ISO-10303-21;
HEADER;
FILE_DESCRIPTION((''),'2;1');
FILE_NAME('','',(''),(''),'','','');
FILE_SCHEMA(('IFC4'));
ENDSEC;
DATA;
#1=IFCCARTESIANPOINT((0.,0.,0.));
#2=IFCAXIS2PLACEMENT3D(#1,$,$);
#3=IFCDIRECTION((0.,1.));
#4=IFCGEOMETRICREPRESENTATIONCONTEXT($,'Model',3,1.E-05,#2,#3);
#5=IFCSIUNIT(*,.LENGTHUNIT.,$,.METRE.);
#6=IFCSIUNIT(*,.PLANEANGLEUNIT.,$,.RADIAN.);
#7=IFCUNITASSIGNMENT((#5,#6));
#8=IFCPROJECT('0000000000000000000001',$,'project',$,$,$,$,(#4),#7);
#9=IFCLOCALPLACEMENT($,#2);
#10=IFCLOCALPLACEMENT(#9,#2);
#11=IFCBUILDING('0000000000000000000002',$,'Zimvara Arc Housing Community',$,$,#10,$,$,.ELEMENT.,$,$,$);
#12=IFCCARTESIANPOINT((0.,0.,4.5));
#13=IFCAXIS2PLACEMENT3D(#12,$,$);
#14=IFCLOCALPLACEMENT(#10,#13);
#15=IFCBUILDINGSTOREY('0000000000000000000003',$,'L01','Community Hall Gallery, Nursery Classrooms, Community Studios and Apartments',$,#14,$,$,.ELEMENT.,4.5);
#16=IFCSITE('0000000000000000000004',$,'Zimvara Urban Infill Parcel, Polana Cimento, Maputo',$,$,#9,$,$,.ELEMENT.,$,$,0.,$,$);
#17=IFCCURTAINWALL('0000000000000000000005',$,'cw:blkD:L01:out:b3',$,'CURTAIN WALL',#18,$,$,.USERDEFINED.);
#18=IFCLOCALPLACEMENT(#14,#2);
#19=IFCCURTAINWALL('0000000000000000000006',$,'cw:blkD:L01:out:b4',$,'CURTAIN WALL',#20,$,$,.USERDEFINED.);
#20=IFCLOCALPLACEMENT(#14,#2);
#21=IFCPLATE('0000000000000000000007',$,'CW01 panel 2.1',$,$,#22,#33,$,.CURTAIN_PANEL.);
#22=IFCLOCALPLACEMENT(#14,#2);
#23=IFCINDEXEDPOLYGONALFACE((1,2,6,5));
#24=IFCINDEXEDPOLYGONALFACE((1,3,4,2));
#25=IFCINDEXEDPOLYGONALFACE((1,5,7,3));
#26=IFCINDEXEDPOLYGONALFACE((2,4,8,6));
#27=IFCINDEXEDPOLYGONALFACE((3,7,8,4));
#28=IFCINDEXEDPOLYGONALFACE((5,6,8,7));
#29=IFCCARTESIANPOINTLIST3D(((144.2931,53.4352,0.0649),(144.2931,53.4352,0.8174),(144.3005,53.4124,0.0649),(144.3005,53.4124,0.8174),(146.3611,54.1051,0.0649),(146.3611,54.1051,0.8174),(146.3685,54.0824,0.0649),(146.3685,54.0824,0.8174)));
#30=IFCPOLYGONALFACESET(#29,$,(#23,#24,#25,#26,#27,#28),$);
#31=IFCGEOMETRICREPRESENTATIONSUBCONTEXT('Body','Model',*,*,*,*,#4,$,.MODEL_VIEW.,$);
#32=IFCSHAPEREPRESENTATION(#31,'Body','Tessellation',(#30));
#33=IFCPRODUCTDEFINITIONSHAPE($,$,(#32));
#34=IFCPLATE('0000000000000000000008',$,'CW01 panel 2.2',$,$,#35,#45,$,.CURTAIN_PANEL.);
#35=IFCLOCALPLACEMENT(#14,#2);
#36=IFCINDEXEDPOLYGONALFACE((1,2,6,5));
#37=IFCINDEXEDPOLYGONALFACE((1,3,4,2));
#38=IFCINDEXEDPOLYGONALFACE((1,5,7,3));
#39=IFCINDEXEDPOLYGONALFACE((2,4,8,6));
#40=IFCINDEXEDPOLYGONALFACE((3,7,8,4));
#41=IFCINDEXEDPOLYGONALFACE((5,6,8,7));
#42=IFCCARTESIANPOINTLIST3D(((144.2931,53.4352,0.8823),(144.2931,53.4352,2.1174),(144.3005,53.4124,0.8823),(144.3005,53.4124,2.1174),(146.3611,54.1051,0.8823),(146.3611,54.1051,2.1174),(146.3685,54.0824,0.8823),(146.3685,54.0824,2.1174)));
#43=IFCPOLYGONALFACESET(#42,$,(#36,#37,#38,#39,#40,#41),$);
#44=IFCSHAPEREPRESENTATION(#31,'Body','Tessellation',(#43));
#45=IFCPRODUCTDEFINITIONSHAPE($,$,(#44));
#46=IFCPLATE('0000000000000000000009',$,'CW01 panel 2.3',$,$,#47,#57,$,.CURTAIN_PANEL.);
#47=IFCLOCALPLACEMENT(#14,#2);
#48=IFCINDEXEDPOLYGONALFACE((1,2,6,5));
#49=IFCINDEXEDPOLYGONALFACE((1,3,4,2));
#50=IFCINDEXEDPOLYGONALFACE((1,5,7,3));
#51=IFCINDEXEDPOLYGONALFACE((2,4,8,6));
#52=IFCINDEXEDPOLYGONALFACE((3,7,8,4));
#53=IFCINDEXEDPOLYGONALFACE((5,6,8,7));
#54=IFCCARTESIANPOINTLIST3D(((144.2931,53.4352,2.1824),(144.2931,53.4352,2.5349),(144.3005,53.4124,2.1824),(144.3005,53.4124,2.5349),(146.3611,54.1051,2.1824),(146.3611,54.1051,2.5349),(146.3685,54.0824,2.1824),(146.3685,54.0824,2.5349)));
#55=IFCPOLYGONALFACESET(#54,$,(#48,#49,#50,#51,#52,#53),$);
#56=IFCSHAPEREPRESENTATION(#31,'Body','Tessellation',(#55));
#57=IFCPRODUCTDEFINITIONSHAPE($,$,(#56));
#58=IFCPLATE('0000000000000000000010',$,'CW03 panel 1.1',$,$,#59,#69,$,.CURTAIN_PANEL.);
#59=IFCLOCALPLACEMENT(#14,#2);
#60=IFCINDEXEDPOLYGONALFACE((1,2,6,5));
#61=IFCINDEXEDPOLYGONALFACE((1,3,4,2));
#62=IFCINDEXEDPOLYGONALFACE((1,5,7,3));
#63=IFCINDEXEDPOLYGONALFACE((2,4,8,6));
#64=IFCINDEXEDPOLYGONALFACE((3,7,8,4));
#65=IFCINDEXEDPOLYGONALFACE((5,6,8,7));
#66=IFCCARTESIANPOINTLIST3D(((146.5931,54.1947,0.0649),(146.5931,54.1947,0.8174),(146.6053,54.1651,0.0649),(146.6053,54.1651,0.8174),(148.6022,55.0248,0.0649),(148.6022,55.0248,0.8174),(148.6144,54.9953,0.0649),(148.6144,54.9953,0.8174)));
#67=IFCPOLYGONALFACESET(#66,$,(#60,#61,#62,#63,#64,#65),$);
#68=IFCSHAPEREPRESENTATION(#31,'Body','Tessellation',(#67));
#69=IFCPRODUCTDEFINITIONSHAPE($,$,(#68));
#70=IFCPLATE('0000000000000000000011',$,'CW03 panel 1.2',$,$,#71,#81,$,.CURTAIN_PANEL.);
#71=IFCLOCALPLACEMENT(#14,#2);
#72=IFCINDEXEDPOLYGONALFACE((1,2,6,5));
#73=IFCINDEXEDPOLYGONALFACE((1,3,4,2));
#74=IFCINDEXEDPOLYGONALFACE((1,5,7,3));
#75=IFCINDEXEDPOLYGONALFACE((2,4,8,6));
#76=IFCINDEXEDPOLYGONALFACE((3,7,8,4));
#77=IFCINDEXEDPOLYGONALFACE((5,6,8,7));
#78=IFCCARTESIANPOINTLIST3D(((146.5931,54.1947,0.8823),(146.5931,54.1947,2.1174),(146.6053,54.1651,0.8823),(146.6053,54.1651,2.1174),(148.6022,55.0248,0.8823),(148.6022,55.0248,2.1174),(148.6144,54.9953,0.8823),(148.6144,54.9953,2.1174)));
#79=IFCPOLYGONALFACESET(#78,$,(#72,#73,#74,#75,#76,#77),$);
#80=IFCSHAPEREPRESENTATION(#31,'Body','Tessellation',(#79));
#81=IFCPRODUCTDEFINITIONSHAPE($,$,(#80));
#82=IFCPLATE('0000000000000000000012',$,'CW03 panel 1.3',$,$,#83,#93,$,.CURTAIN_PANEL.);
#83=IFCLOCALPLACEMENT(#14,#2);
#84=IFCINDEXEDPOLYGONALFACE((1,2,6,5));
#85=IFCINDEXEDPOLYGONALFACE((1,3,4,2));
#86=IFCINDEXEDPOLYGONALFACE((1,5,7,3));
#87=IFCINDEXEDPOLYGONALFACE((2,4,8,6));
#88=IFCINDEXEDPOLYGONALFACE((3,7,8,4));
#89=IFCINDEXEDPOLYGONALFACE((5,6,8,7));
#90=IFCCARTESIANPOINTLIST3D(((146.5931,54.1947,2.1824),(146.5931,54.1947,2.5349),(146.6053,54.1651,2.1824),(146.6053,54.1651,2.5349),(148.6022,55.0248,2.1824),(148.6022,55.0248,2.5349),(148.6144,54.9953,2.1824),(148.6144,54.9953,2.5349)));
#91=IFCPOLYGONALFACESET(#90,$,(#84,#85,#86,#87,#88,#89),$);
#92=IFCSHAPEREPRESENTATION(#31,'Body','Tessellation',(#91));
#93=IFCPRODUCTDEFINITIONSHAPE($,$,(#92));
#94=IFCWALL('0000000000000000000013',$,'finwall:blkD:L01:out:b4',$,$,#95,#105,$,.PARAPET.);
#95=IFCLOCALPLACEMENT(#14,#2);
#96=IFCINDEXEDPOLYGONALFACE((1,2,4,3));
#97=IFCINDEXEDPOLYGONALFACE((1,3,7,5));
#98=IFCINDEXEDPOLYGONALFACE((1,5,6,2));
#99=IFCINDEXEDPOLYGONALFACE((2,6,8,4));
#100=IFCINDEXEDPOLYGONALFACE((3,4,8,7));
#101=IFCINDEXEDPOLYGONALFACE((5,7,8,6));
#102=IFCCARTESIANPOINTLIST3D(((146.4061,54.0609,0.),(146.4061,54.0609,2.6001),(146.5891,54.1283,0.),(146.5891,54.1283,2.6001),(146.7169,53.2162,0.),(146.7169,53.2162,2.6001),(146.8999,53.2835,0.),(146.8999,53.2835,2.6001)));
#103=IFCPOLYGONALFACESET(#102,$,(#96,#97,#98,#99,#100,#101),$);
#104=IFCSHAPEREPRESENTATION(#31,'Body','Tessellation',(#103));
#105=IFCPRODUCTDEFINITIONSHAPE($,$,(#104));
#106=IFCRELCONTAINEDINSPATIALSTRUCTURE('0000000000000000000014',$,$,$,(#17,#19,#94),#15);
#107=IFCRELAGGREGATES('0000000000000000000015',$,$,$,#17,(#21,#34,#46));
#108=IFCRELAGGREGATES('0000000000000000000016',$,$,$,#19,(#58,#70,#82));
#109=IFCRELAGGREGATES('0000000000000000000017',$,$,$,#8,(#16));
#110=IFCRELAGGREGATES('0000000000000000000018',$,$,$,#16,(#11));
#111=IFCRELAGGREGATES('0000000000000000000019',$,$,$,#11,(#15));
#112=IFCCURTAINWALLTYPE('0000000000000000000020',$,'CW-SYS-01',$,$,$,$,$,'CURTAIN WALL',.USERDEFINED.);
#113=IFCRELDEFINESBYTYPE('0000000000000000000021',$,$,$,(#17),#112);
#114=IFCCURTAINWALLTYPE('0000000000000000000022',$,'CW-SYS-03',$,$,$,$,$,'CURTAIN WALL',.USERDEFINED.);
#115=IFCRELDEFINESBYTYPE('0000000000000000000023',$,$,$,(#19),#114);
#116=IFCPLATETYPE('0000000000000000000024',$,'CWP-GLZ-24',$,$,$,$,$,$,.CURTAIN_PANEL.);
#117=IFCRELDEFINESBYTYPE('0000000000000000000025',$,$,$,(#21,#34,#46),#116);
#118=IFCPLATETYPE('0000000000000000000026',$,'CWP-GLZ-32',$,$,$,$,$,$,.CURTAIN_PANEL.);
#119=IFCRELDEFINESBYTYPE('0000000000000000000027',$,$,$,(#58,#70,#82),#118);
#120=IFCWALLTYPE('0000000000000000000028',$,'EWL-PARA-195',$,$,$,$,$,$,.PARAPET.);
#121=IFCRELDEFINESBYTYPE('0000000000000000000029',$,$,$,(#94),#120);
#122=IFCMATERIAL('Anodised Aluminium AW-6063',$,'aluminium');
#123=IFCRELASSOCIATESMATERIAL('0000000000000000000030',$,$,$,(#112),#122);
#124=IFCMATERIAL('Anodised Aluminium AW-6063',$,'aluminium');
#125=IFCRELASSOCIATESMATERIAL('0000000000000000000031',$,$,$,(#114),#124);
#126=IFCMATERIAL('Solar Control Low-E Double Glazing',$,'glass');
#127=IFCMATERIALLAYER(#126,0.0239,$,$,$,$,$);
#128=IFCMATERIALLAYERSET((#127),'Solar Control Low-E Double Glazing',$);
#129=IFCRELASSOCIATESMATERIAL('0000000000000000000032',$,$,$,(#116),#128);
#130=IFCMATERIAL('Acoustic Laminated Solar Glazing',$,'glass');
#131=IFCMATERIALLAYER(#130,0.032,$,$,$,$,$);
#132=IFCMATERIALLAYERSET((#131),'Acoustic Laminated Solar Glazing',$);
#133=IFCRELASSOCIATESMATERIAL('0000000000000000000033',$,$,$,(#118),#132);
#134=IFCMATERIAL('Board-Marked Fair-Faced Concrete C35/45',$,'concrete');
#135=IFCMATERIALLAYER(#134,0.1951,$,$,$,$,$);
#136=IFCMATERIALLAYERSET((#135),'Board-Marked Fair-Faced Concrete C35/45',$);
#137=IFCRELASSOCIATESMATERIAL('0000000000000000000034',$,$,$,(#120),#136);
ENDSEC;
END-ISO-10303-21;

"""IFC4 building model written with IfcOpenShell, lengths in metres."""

from ifc_helpers import new_model, si_unit, direction, frame, frame_2d, origin, origin_2d, place, context, subcontext, project, spatial, rectangle, extrude, material, layer, layer_set, type_object, element, aggregate, save


model = new_model("IFC4")

# Units and contexts
model_context = context("Model", 3, precision=1e-05, world=origin(), true_north=direction((0.0, 1.0)))
body_context = subcontext(model_context, "Body", "Model", "MODEL_VIEW")
ifc_project = project(units=[si_unit("LENGTHUNIT", "METRE"), si_unit("PLANEANGLEUNIT", "RADIAN")], contexts=[model_context])

# Site, building, storey
site_placement = place(None, origin())
site = spatial("IfcSite", under=ifc_project, at=site_placement, Name="Zimvara Urban Infill Parcel, Polana Cimento, Maputo", CompositionType="ELEMENT", RefElevation=0.0)
building_placement = place(site_placement, origin())
building = spatial("IfcBuilding", under=site, at=building_placement, Name="Zimvara Arc Housing Community", CompositionType="ELEMENT")
storey_placement = place(building_placement, frame((0.0, 0.0, 4.5)))
storey = spatial("IfcBuildingStorey", under=building, at=storey_placement, Name="L01", Description="Community Hall Gallery, Nursery Classrooms, Community Studios and Apartments", CompositionType="ELEMENT", Elevation=4.5)

# Curtain wall
ifc_material_1 = material(Name="Anodised Aluminium AW-6063", Category="aluminium")
curtain_wall_type_1 = type_object("IfcCurtainWallType", Name="CW-SYS-01", ElementType="CURTAIN WALL", PredefinedType="USERDEFINED", material=ifc_material_1)
curtain_wall_1_placement = place(storey_placement, origin())
curtain_wall_1 = element("IfcCurtainWall", 1, at=curtain_wall_1_placement, inside=storey, type_object=curtain_wall_type_1, Name="cw:blkD:L01:out:b3", ObjectType="CURTAIN WALL", PredefinedType="USERDEFINED")

# Curtain wall
ifc_material_2 = material(Name="Anodised Aluminium AW-6063", Category="aluminium")
curtain_wall_type_2 = type_object("IfcCurtainWallType", Name="CW-SYS-03", ElementType="CURTAIN WALL", PredefinedType="USERDEFINED", material=ifc_material_2)
curtain_wall_2_placement = place(storey_placement, origin())
curtain_wall_2 = element("IfcCurtainWall", 2, at=curtain_wall_2_placement, inside=storey, type_object=curtain_wall_type_2, Name="cw:blkD:L01:out:b4", ObjectType="CURTAIN WALL", PredefinedType="USERDEFINED")

# Plates
ifc_material_3 = material(Name="Solar Control Low-E Double Glazing", Category="glass")
ifc_layer_1 = layer(ifc_material_3, 0.0239)
ifc_layer_set_1 = layer_set([ifc_layer_1], Name="Solar Control Low-E Double Glazing")
plate_type_1 = type_object("IfcPlateType", Name="CWP-GLZ-24", PredefinedType="CURTAIN_PANEL", material=ifc_layer_set_1)
plate_1_placement = place(storey_placement, frame((145.3308, 53.7588, 0.0649), z_axis=(0.0, 0.0, 1.0), x_axis=(0.951326, 0.308185, 0.0)))
plate_1 = element("IfcPlate", 3, at=plate_1_placement, type_object=plate_type_1, Name="CW01 panel 2.1", PredefinedType="CURTAIN_PANEL", context=body_context, shape_type="SweptSolid", body=[
    extrude(rectangle(XDim=2.1738, YDim=0.0239, at=origin_2d()), origin(), (0.0, 0.0, 1.0), 0.7524),
])
plate_2_placement = place(storey_placement, frame((145.3308, 53.7588, 0.8823), z_axis=(0.0, 0.0, 1.0), x_axis=(0.951326, 0.308185, 0.0)))
plate_2 = element("IfcPlate", 4, at=plate_2_placement, type_object=plate_type_1, Name="CW01 panel 2.2", PredefinedType="CURTAIN_PANEL", context=body_context, shape_type="SweptSolid", body=[
    extrude(rectangle(XDim=2.1738, YDim=0.0239, at=origin_2d()), origin(), (0.0, 0.0, 1.0), 1.2351),
])
plate_3_placement = place(storey_placement, frame((145.3308, 53.7588, 2.1824), z_axis=(0.0, 0.0, 1.0), x_axis=(0.951326, 0.308185, 0.0)))
plate_3 = element("IfcPlate", 5, at=plate_3_placement, type_object=plate_type_1, Name="CW01 panel 2.3", PredefinedType="CURTAIN_PANEL", context=body_context, shape_type="SweptSolid", body=[
    extrude(rectangle(XDim=2.1738, YDim=0.0239, at=origin_2d()), origin(), (0.0, 0.0, 1.0), 0.3525),
])
aggregate(curtain_wall_1, [plate_1, plate_2, plate_3])
ifc_material_4 = material(Name="Acoustic Laminated Solar Glazing", Category="glass")
ifc_layer_2 = layer(ifc_material_4, 0.032)
ifc_layer_set_2 = layer_set([ifc_layer_2], Name="Acoustic Laminated Solar Glazing")
plate_type_2 = type_object("IfcPlateType", Name="CWP-GLZ-32", PredefinedType="CURTAIN_PANEL", material=ifc_layer_set_2)
plate_4_placement = place(storey_placement, frame((147.6038, 54.595, 0.0649), z_axis=(0.0, 0.0, 1.0), x_axis=(0.924213, 0.381876, 0.0)))
plate_4 = element("IfcPlate", 6, at=plate_4_placement, type_object=plate_type_2, Name="CW03 panel 1.1", PredefinedType="CURTAIN_PANEL", context=body_context, shape_type="SweptSolid", body=[
    extrude(rectangle(XDim=2.1738, YDim=0.032, at=origin_2d()), origin(), (0.0, 0.0, 1.0), 0.7524),
])
plate_5_placement = place(storey_placement, frame((147.6038, 54.595, 0.8823), z_axis=(0.0, 0.0, 1.0), x_axis=(0.924213, 0.381876, 0.0)))
plate_5 = element("IfcPlate", 7, at=plate_5_placement, type_object=plate_type_2, Name="CW03 panel 1.2", PredefinedType="CURTAIN_PANEL", context=body_context, shape_type="SweptSolid", body=[
    extrude(rectangle(XDim=2.1738, YDim=0.032, at=origin_2d()), origin(), (0.0, 0.0, 1.0), 1.2351),
])
plate_6_placement = place(storey_placement, frame((147.6038, 54.595, 2.1824), z_axis=(0.0, 0.0, 1.0), x_axis=(0.924213, 0.381876, 0.0)))
plate_6 = element("IfcPlate", 8, at=plate_6_placement, type_object=plate_type_2, Name="CW03 panel 1.3", PredefinedType="CURTAIN_PANEL", context=body_context, shape_type="SweptSolid", body=[
    extrude(rectangle(XDim=2.1738, YDim=0.032, at=origin_2d()), origin(), (0.0, 0.0, 1.0), 0.3525),
])
aggregate(curtain_wall_2, [plate_4, plate_5, plate_6])

# Wall
ifc_material_5 = material(Name="Board-Marked Fair-Faced Concrete C35/45", Category="concrete")
ifc_layer_3 = layer(ifc_material_5, 0.1951)
ifc_layer_set_3 = layer_set([ifc_layer_3], Name="Board-Marked Fair-Faced Concrete C35/45")
wall_type = type_object("IfcWallType", Name="EWL-PARA-195", PredefinedType="PARAPET", material=ifc_layer_set_3)
wall_placement = place(storey_placement, frame((146.4976, 54.0947, 0.0), z_axis=(0.0, 0.0, 1.0), x_axis=(0.345291, -0.938496, 0.0)))
element("IfcWall", 9, at=wall_placement, inside=storey, type_object=wall_type, Name="finwall:blkD:L01:out:b4", PredefinedType="PARAPET", context=body_context, shape_type="SweptSolid", body=[
    extrude(rectangle(XDim=0.9001, YDim=0.1951, at=frame_2d((0.4502, 0.0))), origin(), (0.0, 0.0, 1.0), 2.6001),
])

save(model, "model.ifc")
